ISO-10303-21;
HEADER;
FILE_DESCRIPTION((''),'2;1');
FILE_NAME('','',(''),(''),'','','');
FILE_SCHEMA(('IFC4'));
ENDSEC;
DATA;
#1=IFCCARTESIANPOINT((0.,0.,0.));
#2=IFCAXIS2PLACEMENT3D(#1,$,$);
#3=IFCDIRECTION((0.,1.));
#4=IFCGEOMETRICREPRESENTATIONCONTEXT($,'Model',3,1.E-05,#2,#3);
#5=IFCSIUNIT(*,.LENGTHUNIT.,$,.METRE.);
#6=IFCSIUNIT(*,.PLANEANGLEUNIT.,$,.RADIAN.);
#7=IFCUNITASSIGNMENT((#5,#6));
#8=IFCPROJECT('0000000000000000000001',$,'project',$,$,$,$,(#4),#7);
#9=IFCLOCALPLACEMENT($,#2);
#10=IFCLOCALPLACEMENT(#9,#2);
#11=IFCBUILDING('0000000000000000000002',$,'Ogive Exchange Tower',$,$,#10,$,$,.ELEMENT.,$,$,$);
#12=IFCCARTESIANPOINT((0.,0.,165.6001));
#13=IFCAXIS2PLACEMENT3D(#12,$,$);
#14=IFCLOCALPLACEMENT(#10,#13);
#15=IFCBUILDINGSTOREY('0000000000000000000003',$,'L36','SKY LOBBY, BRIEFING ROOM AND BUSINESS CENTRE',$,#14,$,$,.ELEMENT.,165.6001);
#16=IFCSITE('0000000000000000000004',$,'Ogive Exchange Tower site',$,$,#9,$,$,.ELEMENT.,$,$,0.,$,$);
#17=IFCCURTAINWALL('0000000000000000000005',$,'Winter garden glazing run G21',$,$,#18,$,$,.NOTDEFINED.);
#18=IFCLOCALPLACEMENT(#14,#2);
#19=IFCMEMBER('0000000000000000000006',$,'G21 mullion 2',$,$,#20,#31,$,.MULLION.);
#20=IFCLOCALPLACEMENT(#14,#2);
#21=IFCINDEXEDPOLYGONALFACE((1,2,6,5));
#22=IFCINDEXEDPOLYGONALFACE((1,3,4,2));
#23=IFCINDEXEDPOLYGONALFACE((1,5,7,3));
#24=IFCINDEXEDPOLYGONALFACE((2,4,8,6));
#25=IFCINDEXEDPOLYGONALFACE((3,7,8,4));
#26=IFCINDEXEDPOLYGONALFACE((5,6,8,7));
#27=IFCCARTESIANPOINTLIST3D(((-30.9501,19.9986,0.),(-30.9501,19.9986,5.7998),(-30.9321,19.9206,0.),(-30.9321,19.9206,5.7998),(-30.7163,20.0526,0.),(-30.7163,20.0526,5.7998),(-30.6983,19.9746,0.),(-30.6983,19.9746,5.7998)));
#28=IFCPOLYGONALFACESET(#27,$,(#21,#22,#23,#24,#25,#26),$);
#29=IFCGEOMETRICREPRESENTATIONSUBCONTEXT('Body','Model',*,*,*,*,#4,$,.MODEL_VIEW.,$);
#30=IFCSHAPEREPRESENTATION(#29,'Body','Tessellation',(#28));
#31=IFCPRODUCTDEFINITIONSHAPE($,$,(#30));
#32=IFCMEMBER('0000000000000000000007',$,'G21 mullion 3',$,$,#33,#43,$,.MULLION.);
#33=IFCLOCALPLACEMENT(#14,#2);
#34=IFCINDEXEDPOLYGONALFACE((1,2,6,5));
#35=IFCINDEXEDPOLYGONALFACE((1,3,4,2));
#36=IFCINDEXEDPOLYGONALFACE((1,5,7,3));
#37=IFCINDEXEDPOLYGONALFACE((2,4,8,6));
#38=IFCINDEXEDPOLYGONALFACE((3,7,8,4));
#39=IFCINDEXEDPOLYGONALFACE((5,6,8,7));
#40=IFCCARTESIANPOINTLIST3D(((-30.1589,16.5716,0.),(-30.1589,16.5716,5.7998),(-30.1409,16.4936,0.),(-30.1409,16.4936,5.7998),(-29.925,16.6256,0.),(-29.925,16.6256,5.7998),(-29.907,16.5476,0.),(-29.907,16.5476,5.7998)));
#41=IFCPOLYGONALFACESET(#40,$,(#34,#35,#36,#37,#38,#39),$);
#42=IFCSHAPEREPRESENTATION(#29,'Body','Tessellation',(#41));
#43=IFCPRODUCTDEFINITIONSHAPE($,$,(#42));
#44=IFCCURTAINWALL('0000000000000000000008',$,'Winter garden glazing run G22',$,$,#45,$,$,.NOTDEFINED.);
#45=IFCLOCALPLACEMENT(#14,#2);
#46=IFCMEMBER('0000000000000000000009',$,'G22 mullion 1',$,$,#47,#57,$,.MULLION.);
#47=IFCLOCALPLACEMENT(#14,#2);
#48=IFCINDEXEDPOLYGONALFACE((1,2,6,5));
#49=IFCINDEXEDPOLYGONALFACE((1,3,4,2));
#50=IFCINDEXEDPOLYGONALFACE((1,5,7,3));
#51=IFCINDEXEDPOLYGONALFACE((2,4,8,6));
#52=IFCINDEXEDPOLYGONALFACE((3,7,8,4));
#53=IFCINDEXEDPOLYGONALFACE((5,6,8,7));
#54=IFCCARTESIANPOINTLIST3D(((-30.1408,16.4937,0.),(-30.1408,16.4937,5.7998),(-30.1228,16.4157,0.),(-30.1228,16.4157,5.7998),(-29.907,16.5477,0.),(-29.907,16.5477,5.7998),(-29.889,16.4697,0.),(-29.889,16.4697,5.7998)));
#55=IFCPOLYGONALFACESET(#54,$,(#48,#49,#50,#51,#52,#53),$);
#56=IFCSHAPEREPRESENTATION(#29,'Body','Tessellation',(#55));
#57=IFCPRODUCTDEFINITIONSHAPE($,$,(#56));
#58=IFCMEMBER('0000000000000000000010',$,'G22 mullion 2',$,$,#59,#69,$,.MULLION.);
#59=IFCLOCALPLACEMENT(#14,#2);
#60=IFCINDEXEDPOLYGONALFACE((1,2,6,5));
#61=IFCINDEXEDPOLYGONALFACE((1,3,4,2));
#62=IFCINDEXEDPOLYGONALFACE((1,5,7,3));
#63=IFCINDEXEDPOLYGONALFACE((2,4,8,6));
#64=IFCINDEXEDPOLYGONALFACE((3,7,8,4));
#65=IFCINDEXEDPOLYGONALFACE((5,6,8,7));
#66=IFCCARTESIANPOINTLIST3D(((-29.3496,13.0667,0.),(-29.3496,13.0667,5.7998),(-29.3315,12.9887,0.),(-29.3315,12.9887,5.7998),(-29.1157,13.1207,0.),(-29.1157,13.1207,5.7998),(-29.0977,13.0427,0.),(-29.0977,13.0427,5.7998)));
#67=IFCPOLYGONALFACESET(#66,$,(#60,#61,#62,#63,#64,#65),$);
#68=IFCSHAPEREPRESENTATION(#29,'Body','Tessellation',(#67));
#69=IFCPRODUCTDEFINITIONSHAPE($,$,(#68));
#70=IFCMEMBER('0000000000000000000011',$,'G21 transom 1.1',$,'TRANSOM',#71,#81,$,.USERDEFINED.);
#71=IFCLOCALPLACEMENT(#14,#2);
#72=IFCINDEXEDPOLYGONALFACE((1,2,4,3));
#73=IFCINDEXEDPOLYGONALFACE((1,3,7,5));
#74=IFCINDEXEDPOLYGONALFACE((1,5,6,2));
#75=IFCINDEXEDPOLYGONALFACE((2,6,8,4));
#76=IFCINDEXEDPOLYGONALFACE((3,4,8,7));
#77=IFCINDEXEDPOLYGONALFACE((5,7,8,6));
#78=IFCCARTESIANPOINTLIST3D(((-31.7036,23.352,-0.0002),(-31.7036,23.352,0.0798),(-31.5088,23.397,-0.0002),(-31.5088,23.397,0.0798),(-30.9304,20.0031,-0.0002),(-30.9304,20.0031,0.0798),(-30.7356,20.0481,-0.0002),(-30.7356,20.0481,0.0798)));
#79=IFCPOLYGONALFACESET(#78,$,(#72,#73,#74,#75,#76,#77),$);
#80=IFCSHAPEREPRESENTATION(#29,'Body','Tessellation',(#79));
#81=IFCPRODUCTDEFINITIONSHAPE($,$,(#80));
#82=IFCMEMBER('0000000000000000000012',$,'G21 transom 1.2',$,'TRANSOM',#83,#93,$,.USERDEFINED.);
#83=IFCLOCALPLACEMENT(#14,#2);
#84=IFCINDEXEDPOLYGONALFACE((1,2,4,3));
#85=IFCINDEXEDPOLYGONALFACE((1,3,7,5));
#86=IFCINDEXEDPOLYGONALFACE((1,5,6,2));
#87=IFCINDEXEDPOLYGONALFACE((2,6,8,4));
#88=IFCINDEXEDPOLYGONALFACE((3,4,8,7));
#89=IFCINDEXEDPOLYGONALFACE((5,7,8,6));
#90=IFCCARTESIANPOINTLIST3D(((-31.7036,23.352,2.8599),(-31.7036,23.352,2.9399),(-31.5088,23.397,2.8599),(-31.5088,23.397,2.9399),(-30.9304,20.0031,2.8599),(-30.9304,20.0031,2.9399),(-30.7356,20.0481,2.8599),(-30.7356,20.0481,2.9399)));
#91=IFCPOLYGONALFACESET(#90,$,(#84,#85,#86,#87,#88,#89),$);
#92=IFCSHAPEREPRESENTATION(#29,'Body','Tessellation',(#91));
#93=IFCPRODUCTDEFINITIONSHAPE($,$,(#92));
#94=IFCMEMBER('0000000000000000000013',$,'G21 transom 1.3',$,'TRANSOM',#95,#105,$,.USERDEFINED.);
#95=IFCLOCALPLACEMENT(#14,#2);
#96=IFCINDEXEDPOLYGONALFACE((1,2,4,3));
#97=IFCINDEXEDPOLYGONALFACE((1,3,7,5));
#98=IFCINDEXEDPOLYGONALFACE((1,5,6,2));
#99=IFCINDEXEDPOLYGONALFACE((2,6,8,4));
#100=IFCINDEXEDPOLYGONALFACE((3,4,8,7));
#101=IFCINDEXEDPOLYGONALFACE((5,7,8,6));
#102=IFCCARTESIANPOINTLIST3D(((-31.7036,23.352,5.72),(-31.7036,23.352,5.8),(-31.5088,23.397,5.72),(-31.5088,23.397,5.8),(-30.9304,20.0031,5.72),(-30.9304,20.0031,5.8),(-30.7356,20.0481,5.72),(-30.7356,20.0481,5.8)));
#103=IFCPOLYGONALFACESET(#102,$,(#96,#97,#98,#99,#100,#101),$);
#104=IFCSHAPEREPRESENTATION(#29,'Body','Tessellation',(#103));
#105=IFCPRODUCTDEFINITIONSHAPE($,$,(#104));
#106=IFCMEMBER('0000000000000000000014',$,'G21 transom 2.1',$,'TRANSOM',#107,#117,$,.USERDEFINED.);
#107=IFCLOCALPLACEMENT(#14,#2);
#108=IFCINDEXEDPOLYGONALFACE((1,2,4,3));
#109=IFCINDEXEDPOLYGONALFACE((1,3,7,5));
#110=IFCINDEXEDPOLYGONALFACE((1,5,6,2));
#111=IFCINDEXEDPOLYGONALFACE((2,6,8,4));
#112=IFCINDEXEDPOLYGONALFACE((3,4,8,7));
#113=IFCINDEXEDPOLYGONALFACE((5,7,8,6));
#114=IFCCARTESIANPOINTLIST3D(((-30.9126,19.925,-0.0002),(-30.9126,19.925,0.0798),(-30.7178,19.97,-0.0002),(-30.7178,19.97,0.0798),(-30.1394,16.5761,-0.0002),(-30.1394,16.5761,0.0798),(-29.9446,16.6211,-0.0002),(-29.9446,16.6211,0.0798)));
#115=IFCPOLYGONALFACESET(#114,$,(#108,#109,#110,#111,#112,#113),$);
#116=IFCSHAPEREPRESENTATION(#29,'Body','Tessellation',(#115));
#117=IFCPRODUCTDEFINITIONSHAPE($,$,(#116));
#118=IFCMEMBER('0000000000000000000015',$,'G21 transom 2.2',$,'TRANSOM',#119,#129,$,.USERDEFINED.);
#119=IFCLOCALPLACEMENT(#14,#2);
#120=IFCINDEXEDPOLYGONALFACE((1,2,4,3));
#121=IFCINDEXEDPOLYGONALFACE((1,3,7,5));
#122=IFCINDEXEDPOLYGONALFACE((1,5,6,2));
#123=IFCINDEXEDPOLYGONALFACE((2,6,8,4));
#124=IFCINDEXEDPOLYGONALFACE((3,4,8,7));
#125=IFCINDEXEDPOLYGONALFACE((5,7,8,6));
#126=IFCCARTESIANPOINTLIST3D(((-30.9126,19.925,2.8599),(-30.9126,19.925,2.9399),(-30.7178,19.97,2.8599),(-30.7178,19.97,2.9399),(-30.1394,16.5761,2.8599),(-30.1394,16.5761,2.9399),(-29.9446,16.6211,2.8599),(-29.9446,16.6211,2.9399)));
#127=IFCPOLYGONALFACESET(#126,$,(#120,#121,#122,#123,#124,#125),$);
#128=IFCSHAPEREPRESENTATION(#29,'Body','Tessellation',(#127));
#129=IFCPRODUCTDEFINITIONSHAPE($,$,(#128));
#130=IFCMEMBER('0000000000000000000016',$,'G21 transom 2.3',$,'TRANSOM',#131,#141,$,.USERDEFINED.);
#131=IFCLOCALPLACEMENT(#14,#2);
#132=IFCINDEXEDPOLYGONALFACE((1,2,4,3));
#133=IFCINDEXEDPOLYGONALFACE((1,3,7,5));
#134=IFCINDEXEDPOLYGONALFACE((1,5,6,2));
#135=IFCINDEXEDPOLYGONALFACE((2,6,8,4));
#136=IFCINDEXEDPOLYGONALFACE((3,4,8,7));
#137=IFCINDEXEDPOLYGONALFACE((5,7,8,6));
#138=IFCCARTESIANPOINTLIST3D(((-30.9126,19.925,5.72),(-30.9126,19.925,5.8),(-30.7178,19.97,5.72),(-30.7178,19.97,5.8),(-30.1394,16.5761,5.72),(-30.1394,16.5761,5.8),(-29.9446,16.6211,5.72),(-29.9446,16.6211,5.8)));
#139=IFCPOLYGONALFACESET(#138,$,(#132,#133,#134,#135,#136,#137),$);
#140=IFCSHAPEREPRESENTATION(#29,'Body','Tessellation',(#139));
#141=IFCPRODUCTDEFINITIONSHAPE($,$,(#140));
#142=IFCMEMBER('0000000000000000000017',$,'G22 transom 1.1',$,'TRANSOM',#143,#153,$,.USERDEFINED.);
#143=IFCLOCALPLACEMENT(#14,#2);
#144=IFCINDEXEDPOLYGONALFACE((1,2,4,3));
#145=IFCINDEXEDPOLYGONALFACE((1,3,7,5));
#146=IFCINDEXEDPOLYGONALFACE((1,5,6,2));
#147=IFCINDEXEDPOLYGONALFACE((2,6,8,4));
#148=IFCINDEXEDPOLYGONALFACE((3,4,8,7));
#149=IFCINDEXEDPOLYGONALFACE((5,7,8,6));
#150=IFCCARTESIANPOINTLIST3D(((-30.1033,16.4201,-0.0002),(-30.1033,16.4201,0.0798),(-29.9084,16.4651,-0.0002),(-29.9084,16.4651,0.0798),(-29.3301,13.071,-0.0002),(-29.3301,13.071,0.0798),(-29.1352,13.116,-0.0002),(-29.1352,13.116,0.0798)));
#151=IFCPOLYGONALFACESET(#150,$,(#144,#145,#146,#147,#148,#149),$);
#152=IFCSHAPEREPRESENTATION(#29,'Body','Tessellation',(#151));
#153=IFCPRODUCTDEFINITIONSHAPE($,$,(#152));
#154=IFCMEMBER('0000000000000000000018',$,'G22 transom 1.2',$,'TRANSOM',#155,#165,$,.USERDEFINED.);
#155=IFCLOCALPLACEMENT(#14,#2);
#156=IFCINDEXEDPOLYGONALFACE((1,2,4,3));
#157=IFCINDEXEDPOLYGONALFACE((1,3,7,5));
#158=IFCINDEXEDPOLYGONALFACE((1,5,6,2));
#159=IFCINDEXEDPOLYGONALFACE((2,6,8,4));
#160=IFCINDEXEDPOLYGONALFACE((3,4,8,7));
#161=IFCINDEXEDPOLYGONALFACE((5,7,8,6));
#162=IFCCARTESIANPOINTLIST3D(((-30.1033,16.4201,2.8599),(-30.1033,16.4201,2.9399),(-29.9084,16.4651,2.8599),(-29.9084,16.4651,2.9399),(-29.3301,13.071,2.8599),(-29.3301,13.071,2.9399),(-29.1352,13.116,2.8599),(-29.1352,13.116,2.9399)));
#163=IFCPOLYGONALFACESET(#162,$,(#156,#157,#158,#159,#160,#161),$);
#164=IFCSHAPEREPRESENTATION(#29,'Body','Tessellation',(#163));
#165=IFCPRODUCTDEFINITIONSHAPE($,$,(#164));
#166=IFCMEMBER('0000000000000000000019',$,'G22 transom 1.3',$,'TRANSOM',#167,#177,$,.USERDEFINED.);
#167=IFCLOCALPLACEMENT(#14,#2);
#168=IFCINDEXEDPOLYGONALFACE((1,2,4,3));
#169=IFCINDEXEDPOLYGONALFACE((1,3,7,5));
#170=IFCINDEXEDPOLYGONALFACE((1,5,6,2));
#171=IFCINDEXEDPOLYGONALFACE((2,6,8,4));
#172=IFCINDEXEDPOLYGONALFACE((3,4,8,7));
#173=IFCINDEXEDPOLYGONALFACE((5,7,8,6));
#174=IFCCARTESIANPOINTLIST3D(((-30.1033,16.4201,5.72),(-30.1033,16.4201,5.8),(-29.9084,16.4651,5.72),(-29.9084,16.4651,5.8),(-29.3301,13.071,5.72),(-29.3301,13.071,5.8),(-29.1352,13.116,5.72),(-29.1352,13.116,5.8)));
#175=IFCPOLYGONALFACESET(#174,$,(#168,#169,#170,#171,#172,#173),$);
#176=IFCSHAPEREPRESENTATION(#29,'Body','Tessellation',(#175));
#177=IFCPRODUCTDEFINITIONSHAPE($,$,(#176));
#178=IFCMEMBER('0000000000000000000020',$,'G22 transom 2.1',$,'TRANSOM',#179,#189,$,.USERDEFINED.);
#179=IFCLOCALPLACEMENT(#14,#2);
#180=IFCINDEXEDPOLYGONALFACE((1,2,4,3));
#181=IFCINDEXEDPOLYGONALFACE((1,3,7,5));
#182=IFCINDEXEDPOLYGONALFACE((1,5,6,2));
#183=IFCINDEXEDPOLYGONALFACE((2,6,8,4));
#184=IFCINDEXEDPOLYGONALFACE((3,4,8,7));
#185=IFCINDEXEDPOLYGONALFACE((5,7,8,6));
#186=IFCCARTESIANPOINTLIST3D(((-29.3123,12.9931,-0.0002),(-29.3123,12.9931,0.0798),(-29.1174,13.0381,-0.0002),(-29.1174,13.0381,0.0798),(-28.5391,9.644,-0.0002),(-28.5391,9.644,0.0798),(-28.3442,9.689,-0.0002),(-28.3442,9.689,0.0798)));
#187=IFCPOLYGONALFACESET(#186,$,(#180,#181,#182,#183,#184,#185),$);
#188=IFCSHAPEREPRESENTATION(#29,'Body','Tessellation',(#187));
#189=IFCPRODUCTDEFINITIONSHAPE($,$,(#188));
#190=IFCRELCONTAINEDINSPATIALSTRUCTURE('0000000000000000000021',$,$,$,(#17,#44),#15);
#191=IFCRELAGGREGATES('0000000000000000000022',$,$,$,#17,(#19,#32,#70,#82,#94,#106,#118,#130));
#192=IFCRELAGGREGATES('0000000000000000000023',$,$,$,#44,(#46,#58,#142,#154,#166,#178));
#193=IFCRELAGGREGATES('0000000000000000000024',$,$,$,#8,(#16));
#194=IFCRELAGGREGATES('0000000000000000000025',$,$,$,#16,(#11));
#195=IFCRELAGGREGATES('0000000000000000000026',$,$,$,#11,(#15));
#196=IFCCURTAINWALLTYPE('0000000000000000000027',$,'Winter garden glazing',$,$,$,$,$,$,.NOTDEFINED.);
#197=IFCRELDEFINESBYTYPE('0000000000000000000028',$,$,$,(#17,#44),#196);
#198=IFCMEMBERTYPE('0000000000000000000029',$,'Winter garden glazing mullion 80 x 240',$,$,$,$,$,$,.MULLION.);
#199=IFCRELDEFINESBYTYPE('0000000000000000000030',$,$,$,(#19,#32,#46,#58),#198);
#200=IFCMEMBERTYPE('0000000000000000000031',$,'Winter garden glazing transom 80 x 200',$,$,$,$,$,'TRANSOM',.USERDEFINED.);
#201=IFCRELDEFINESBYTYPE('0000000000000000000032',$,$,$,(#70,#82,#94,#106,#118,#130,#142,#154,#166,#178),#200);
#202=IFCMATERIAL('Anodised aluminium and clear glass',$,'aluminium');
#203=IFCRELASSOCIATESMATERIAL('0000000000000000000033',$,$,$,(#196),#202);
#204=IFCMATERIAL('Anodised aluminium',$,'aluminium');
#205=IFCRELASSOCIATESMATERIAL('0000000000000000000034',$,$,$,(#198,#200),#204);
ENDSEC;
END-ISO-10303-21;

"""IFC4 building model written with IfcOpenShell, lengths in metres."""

from ifc_helpers import new_model, si_unit, direction, frame, origin, origin_2d, place, context, subcontext, project, spatial, rectangle, extrude, material, material_profile, profile_set, type_object, element, aggregate, save


model = new_model("IFC4")

# Units and contexts
model_context = context("Model", 3, precision=1e-05, world=origin(), true_north=direction((0.0, 1.0)))
body_context = subcontext(model_context, "Body", "Model", "MODEL_VIEW")
ifc_project = project(units=[si_unit("LENGTHUNIT", "METRE"), si_unit("PLANEANGLEUNIT", "RADIAN")], contexts=[model_context])

# Site, building, storey
site_placement = place(None, origin())
site = spatial("IfcSite", under=ifc_project, at=site_placement, Name="Ogive Exchange Tower site", CompositionType="ELEMENT", RefElevation=0.0)
building_placement = place(site_placement, origin())
building = spatial("IfcBuilding", under=site, at=building_placement, Name="Ogive Exchange Tower", CompositionType="ELEMENT")
storey_placement = place(building_placement, frame((0.0, 0.0, 165.6001)))
storey = spatial("IfcBuildingStorey", under=building, at=storey_placement, Name="L36", Description="SKY LOBBY, BRIEFING ROOM AND BUSINESS CENTRE", CompositionType="ELEMENT", Elevation=165.6001)

# Curtain walls, members
ifc_material_1 = material(Name="Anodised aluminium and clear glass", Category="aluminium")
curtain_wall_type = type_object("IfcCurtainWallType", Name="Winter garden glazing", PredefinedType="NOTDEFINED", material=ifc_material_1)
curtain_wall_1_placement = place(storey_placement, origin())
curtain_wall_1 = element("IfcCurtainWall", 1, at=curtain_wall_1_placement, inside=storey, type_object=curtain_wall_type, Name="Winter garden glazing run G21", PredefinedType="NOTDEFINED")
ifc_material_2 = material(Name="Anodised aluminium", Category="aluminium")
ifc_material_profile_1 = material_profile(ifc_material_2, rectangle(XDim=0.24, YDim=0.0801, at=origin_2d()), Name="AL 80x240")
ifc_profile_set_1 = profile_set([ifc_material_profile_1], Name="Anodised aluminium")
member_type_1 = type_object("IfcMemberType", Name="Winter garden glazing mullion 80 x 240", PredefinedType="MULLION", material=ifc_profile_set_1)
member_1_placement = place(storey_placement, frame((-30.8242, 19.9866, 0.0), z_axis=(0.0, 0.0, 1.0), x_axis=(0.974369, 0.224957, 0.0)))
member_1 = element("IfcMember", 2, at=member_1_placement, type_object=member_type_1, Name="G21 mullion 2", PredefinedType="MULLION", context=body_context, shape_type="SweptSolid", body=[
    extrude(rectangle(XDim=0.24, YDim=0.0801, at=origin_2d()), origin(), (0.0, 0.0, 1.0), 5.7998),
])
member_2_placement = place(storey_placement, frame((-30.033, 16.5596, 0.0), z_axis=(0.0, 0.0, 1.0), x_axis=(0.974369, 0.224957, 0.0)))
member_2 = element("IfcMember", 3, at=member_2_placement, type_object=member_type_1, Name="G21 mullion 3", PredefinedType="MULLION", context=body_context, shape_type="SweptSolid", body=[
    extrude(rectangle(XDim=0.24, YDim=0.0801, at=origin_2d()), origin(), (0.0, 0.0, 1.0), 5.7998),
])
curtain_wall_2_placement = place(storey_placement, origin())
curtain_wall_2 = element("IfcCurtainWall", 4, at=curtain_wall_2_placement, inside=storey, type_object=curtain_wall_type, Name="Winter garden glazing run G22", PredefinedType="NOTDEFINED")
member_3_placement = place(storey_placement, frame((-30.0149, 16.4817, 0.0), z_axis=(0.0, 0.0, 1.0), x_axis=(0.974372, 0.224941, 0.0)))
member_3 = element("IfcMember", 5, at=member_3_placement, type_object=member_type_1, Name="G22 mullion 1", PredefinedType="MULLION", context=body_context, shape_type="SweptSolid", body=[
    extrude(rectangle(XDim=0.24, YDim=0.0801, at=origin_2d()), origin(), (0.0, 0.0, 1.0), 5.7998),
])
member_4_placement = place(storey_placement, frame((-29.2236, 13.0547, 0.0), z_axis=(0.0, 0.0, 1.0), x_axis=(0.974372, 0.224941, 0.0)))
member_4 = element("IfcMember", 6, at=member_4_placement, type_object=member_type_1, Name="G22 mullion 2", PredefinedType="MULLION", context=body_context, shape_type="SweptSolid", body=[
    extrude(rectangle(XDim=0.24, YDim=0.0801, at=origin_2d()), origin(), (0.0, 0.0, 1.0), 5.7998),
])

# Members
ifc_material_profile_2 = material_profile(ifc_material_2, rectangle(XDim=0.2, YDim=0.0801, at=origin_2d()), Name="AL 80x200")
ifc_profile_set_2 = profile_set([ifc_material_profile_2], Name="Anodised aluminium")
member_type_2 = type_object("IfcMemberType", Name="Winter garden glazing transom 80 x 200", ElementType="TRANSOM", PredefinedType="USERDEFINED", material=ifc_profile_set_2)
member_5_placement = place(storey_placement, frame((-31.6062, 23.3745, 0.0398), z_axis=(0.224963, -0.974367, 0.0), x_axis=(0.974367, 0.224963, 0.0)))
member_5 = element("IfcMember", 7, at=member_5_placement, type_object=member_type_2, Name="G21 transom 1.1", ObjectType="TRANSOM", PredefinedType="USERDEFINED", context=body_context, shape_type="SweptSolid", body=[
    extrude(rectangle(XDim=0.2, YDim=0.0801, at=origin_2d()), origin(), (0.0, 0.0, 1.0), 3.437),
])
member_6_placement = place(storey_placement, frame((-31.6062, 23.3745, 2.8999), z_axis=(0.224963, -0.974367, 0.0), x_axis=(0.974367, 0.224963, 0.0)))
member_6 = element("IfcMember", 8, at=member_6_placement, type_object=member_type_2, Name="G21 transom 1.2", ObjectType="TRANSOM", PredefinedType="USERDEFINED", context=body_context, shape_type="SweptSolid", body=[
    extrude(rectangle(XDim=0.2, YDim=0.0801, at=origin_2d()), origin(), (0.0, 0.0, 1.0), 3.437),
])
member_7_placement = place(storey_placement, frame((-31.6062, 23.3745, 5.76), z_axis=(0.224963, -0.974367, 0.0), x_axis=(0.974367, 0.224963, 0.0)))
member_7 = element("IfcMember", 9, at=member_7_placement, type_object=member_type_2, Name="G21 transom 1.3", ObjectType="TRANSOM", PredefinedType="USERDEFINED", context=body_context, shape_type="SweptSolid", body=[
    extrude(rectangle(XDim=0.2, YDim=0.0801, at=origin_2d()), origin(), (0.0, 0.0, 1.0), 3.437),
])
member_8_placement = place(storey_placement, frame((-30.8152, 19.9475, 0.0398), z_axis=(0.224963, -0.974367, 0.0), x_axis=(0.974367, 0.224963, 0.0)))
member_8 = element("IfcMember", 10, at=member_8_placement, type_object=member_type_2, Name="G21 transom 2.1", ObjectType="TRANSOM", PredefinedType="USERDEFINED", context=body_context, shape_type="SweptSolid", body=[
    extrude(rectangle(XDim=0.2, YDim=0.0801, at=origin_2d()), origin(), (0.0, 0.0, 1.0), 3.437),
])
member_9_placement = place(storey_placement, frame((-30.8152, 19.9475, 2.8999), z_axis=(0.224963, -0.974367, 0.0), x_axis=(0.974367, 0.224963, 0.0)))
member_9 = element("IfcMember", 11, at=member_9_placement, type_object=member_type_2, Name="G21 transom 2.2", ObjectType="TRANSOM", PredefinedType="USERDEFINED", context=body_context, shape_type="SweptSolid", body=[
    extrude(rectangle(XDim=0.2, YDim=0.0801, at=origin_2d()), origin(), (0.0, 0.0, 1.0), 3.437),
])
member_10_placement = place(storey_placement, frame((-30.8152, 19.9475, 5.76), z_axis=(0.224963, -0.974367, 0.0), x_axis=(0.974367, 0.224963, 0.0)))
member_10 = element("IfcMember", 12, at=member_10_placement, type_object=member_type_2, Name="G21 transom 2.3", ObjectType="TRANSOM", PredefinedType="USERDEFINED", context=body_context, shape_type="SweptSolid", body=[
    extrude(rectangle(XDim=0.2, YDim=0.0801, at=origin_2d()), origin(), (0.0, 0.0, 1.0), 3.437),
])
member_11_placement = place(storey_placement, frame((-30.0059, 16.4426, 0.0398), z_axis=(0.224948, -0.974371, 0.0), x_axis=(0.974371, 0.224948, 0.0)))
member_11 = element("IfcMember", 13, at=member_11_placement, type_object=member_type_2, Name="G22 transom 1.1", ObjectType="TRANSOM", PredefinedType="USERDEFINED", context=body_context, shape_type="SweptSolid", body=[
    extrude(rectangle(XDim=0.2, YDim=0.0801, at=origin_2d()), origin(), (0.0, 0.0, 1.0), 3.4373),
])
member_12_placement = place(storey_placement, frame((-30.0059, 16.4426, 2.8999), z_axis=(0.224948, -0.974371, 0.0), x_axis=(0.974371, 0.224948, 0.0)))
member_12 = element("IfcMember", 14, at=member_12_placement, type_object=member_type_2, Name="G22 transom 1.2", ObjectType="TRANSOM", PredefinedType="USERDEFINED", context=body_context, shape_type="SweptSolid", body=[
    extrude(rectangle(XDim=0.2, YDim=0.0801, at=origin_2d()), origin(), (0.0, 0.0, 1.0), 3.4373),
])
member_13_placement = place(storey_placement, frame((-30.0059, 16.4426, 5.76), z_axis=(0.224948, -0.974371, 0.0), x_axis=(0.974371, 0.224948, 0.0)))
member_13 = element("IfcMember", 15, at=member_13_placement, type_object=member_type_2, Name="G22 transom 1.3", ObjectType="TRANSOM", PredefinedType="USERDEFINED", context=body_context, shape_type="SweptSolid", body=[
    extrude(rectangle(XDim=0.2, YDim=0.0801, at=origin_2d()), origin(), (0.0, 0.0, 1.0), 3.4373),
])
member_14_placement = place(storey_placement, frame((-29.2148, 13.0156, 0.0398), z_axis=(0.224948, -0.974371, 0.0), x_axis=(0.974371, 0.224948, 0.0)))
member_14 = element("IfcMember", 16, at=member_14_placement, type_object=member_type_2, Name="G22 transom 2.1", ObjectType="TRANSOM", PredefinedType="USERDEFINED", context=body_context, shape_type="SweptSolid", body=[
    extrude(rectangle(XDim=0.2, YDim=0.0801, at=origin_2d()), origin(), (0.0, 0.0, 1.0), 3.4373),
])

aggregate(curtain_wall_1, [member_1, member_2, member_5, member_6, member_7, member_8, member_9, member_10])
aggregate(curtain_wall_2, [member_3, member_4, member_11, member_12, member_13, member_14])

save(model, "model.ifc")
